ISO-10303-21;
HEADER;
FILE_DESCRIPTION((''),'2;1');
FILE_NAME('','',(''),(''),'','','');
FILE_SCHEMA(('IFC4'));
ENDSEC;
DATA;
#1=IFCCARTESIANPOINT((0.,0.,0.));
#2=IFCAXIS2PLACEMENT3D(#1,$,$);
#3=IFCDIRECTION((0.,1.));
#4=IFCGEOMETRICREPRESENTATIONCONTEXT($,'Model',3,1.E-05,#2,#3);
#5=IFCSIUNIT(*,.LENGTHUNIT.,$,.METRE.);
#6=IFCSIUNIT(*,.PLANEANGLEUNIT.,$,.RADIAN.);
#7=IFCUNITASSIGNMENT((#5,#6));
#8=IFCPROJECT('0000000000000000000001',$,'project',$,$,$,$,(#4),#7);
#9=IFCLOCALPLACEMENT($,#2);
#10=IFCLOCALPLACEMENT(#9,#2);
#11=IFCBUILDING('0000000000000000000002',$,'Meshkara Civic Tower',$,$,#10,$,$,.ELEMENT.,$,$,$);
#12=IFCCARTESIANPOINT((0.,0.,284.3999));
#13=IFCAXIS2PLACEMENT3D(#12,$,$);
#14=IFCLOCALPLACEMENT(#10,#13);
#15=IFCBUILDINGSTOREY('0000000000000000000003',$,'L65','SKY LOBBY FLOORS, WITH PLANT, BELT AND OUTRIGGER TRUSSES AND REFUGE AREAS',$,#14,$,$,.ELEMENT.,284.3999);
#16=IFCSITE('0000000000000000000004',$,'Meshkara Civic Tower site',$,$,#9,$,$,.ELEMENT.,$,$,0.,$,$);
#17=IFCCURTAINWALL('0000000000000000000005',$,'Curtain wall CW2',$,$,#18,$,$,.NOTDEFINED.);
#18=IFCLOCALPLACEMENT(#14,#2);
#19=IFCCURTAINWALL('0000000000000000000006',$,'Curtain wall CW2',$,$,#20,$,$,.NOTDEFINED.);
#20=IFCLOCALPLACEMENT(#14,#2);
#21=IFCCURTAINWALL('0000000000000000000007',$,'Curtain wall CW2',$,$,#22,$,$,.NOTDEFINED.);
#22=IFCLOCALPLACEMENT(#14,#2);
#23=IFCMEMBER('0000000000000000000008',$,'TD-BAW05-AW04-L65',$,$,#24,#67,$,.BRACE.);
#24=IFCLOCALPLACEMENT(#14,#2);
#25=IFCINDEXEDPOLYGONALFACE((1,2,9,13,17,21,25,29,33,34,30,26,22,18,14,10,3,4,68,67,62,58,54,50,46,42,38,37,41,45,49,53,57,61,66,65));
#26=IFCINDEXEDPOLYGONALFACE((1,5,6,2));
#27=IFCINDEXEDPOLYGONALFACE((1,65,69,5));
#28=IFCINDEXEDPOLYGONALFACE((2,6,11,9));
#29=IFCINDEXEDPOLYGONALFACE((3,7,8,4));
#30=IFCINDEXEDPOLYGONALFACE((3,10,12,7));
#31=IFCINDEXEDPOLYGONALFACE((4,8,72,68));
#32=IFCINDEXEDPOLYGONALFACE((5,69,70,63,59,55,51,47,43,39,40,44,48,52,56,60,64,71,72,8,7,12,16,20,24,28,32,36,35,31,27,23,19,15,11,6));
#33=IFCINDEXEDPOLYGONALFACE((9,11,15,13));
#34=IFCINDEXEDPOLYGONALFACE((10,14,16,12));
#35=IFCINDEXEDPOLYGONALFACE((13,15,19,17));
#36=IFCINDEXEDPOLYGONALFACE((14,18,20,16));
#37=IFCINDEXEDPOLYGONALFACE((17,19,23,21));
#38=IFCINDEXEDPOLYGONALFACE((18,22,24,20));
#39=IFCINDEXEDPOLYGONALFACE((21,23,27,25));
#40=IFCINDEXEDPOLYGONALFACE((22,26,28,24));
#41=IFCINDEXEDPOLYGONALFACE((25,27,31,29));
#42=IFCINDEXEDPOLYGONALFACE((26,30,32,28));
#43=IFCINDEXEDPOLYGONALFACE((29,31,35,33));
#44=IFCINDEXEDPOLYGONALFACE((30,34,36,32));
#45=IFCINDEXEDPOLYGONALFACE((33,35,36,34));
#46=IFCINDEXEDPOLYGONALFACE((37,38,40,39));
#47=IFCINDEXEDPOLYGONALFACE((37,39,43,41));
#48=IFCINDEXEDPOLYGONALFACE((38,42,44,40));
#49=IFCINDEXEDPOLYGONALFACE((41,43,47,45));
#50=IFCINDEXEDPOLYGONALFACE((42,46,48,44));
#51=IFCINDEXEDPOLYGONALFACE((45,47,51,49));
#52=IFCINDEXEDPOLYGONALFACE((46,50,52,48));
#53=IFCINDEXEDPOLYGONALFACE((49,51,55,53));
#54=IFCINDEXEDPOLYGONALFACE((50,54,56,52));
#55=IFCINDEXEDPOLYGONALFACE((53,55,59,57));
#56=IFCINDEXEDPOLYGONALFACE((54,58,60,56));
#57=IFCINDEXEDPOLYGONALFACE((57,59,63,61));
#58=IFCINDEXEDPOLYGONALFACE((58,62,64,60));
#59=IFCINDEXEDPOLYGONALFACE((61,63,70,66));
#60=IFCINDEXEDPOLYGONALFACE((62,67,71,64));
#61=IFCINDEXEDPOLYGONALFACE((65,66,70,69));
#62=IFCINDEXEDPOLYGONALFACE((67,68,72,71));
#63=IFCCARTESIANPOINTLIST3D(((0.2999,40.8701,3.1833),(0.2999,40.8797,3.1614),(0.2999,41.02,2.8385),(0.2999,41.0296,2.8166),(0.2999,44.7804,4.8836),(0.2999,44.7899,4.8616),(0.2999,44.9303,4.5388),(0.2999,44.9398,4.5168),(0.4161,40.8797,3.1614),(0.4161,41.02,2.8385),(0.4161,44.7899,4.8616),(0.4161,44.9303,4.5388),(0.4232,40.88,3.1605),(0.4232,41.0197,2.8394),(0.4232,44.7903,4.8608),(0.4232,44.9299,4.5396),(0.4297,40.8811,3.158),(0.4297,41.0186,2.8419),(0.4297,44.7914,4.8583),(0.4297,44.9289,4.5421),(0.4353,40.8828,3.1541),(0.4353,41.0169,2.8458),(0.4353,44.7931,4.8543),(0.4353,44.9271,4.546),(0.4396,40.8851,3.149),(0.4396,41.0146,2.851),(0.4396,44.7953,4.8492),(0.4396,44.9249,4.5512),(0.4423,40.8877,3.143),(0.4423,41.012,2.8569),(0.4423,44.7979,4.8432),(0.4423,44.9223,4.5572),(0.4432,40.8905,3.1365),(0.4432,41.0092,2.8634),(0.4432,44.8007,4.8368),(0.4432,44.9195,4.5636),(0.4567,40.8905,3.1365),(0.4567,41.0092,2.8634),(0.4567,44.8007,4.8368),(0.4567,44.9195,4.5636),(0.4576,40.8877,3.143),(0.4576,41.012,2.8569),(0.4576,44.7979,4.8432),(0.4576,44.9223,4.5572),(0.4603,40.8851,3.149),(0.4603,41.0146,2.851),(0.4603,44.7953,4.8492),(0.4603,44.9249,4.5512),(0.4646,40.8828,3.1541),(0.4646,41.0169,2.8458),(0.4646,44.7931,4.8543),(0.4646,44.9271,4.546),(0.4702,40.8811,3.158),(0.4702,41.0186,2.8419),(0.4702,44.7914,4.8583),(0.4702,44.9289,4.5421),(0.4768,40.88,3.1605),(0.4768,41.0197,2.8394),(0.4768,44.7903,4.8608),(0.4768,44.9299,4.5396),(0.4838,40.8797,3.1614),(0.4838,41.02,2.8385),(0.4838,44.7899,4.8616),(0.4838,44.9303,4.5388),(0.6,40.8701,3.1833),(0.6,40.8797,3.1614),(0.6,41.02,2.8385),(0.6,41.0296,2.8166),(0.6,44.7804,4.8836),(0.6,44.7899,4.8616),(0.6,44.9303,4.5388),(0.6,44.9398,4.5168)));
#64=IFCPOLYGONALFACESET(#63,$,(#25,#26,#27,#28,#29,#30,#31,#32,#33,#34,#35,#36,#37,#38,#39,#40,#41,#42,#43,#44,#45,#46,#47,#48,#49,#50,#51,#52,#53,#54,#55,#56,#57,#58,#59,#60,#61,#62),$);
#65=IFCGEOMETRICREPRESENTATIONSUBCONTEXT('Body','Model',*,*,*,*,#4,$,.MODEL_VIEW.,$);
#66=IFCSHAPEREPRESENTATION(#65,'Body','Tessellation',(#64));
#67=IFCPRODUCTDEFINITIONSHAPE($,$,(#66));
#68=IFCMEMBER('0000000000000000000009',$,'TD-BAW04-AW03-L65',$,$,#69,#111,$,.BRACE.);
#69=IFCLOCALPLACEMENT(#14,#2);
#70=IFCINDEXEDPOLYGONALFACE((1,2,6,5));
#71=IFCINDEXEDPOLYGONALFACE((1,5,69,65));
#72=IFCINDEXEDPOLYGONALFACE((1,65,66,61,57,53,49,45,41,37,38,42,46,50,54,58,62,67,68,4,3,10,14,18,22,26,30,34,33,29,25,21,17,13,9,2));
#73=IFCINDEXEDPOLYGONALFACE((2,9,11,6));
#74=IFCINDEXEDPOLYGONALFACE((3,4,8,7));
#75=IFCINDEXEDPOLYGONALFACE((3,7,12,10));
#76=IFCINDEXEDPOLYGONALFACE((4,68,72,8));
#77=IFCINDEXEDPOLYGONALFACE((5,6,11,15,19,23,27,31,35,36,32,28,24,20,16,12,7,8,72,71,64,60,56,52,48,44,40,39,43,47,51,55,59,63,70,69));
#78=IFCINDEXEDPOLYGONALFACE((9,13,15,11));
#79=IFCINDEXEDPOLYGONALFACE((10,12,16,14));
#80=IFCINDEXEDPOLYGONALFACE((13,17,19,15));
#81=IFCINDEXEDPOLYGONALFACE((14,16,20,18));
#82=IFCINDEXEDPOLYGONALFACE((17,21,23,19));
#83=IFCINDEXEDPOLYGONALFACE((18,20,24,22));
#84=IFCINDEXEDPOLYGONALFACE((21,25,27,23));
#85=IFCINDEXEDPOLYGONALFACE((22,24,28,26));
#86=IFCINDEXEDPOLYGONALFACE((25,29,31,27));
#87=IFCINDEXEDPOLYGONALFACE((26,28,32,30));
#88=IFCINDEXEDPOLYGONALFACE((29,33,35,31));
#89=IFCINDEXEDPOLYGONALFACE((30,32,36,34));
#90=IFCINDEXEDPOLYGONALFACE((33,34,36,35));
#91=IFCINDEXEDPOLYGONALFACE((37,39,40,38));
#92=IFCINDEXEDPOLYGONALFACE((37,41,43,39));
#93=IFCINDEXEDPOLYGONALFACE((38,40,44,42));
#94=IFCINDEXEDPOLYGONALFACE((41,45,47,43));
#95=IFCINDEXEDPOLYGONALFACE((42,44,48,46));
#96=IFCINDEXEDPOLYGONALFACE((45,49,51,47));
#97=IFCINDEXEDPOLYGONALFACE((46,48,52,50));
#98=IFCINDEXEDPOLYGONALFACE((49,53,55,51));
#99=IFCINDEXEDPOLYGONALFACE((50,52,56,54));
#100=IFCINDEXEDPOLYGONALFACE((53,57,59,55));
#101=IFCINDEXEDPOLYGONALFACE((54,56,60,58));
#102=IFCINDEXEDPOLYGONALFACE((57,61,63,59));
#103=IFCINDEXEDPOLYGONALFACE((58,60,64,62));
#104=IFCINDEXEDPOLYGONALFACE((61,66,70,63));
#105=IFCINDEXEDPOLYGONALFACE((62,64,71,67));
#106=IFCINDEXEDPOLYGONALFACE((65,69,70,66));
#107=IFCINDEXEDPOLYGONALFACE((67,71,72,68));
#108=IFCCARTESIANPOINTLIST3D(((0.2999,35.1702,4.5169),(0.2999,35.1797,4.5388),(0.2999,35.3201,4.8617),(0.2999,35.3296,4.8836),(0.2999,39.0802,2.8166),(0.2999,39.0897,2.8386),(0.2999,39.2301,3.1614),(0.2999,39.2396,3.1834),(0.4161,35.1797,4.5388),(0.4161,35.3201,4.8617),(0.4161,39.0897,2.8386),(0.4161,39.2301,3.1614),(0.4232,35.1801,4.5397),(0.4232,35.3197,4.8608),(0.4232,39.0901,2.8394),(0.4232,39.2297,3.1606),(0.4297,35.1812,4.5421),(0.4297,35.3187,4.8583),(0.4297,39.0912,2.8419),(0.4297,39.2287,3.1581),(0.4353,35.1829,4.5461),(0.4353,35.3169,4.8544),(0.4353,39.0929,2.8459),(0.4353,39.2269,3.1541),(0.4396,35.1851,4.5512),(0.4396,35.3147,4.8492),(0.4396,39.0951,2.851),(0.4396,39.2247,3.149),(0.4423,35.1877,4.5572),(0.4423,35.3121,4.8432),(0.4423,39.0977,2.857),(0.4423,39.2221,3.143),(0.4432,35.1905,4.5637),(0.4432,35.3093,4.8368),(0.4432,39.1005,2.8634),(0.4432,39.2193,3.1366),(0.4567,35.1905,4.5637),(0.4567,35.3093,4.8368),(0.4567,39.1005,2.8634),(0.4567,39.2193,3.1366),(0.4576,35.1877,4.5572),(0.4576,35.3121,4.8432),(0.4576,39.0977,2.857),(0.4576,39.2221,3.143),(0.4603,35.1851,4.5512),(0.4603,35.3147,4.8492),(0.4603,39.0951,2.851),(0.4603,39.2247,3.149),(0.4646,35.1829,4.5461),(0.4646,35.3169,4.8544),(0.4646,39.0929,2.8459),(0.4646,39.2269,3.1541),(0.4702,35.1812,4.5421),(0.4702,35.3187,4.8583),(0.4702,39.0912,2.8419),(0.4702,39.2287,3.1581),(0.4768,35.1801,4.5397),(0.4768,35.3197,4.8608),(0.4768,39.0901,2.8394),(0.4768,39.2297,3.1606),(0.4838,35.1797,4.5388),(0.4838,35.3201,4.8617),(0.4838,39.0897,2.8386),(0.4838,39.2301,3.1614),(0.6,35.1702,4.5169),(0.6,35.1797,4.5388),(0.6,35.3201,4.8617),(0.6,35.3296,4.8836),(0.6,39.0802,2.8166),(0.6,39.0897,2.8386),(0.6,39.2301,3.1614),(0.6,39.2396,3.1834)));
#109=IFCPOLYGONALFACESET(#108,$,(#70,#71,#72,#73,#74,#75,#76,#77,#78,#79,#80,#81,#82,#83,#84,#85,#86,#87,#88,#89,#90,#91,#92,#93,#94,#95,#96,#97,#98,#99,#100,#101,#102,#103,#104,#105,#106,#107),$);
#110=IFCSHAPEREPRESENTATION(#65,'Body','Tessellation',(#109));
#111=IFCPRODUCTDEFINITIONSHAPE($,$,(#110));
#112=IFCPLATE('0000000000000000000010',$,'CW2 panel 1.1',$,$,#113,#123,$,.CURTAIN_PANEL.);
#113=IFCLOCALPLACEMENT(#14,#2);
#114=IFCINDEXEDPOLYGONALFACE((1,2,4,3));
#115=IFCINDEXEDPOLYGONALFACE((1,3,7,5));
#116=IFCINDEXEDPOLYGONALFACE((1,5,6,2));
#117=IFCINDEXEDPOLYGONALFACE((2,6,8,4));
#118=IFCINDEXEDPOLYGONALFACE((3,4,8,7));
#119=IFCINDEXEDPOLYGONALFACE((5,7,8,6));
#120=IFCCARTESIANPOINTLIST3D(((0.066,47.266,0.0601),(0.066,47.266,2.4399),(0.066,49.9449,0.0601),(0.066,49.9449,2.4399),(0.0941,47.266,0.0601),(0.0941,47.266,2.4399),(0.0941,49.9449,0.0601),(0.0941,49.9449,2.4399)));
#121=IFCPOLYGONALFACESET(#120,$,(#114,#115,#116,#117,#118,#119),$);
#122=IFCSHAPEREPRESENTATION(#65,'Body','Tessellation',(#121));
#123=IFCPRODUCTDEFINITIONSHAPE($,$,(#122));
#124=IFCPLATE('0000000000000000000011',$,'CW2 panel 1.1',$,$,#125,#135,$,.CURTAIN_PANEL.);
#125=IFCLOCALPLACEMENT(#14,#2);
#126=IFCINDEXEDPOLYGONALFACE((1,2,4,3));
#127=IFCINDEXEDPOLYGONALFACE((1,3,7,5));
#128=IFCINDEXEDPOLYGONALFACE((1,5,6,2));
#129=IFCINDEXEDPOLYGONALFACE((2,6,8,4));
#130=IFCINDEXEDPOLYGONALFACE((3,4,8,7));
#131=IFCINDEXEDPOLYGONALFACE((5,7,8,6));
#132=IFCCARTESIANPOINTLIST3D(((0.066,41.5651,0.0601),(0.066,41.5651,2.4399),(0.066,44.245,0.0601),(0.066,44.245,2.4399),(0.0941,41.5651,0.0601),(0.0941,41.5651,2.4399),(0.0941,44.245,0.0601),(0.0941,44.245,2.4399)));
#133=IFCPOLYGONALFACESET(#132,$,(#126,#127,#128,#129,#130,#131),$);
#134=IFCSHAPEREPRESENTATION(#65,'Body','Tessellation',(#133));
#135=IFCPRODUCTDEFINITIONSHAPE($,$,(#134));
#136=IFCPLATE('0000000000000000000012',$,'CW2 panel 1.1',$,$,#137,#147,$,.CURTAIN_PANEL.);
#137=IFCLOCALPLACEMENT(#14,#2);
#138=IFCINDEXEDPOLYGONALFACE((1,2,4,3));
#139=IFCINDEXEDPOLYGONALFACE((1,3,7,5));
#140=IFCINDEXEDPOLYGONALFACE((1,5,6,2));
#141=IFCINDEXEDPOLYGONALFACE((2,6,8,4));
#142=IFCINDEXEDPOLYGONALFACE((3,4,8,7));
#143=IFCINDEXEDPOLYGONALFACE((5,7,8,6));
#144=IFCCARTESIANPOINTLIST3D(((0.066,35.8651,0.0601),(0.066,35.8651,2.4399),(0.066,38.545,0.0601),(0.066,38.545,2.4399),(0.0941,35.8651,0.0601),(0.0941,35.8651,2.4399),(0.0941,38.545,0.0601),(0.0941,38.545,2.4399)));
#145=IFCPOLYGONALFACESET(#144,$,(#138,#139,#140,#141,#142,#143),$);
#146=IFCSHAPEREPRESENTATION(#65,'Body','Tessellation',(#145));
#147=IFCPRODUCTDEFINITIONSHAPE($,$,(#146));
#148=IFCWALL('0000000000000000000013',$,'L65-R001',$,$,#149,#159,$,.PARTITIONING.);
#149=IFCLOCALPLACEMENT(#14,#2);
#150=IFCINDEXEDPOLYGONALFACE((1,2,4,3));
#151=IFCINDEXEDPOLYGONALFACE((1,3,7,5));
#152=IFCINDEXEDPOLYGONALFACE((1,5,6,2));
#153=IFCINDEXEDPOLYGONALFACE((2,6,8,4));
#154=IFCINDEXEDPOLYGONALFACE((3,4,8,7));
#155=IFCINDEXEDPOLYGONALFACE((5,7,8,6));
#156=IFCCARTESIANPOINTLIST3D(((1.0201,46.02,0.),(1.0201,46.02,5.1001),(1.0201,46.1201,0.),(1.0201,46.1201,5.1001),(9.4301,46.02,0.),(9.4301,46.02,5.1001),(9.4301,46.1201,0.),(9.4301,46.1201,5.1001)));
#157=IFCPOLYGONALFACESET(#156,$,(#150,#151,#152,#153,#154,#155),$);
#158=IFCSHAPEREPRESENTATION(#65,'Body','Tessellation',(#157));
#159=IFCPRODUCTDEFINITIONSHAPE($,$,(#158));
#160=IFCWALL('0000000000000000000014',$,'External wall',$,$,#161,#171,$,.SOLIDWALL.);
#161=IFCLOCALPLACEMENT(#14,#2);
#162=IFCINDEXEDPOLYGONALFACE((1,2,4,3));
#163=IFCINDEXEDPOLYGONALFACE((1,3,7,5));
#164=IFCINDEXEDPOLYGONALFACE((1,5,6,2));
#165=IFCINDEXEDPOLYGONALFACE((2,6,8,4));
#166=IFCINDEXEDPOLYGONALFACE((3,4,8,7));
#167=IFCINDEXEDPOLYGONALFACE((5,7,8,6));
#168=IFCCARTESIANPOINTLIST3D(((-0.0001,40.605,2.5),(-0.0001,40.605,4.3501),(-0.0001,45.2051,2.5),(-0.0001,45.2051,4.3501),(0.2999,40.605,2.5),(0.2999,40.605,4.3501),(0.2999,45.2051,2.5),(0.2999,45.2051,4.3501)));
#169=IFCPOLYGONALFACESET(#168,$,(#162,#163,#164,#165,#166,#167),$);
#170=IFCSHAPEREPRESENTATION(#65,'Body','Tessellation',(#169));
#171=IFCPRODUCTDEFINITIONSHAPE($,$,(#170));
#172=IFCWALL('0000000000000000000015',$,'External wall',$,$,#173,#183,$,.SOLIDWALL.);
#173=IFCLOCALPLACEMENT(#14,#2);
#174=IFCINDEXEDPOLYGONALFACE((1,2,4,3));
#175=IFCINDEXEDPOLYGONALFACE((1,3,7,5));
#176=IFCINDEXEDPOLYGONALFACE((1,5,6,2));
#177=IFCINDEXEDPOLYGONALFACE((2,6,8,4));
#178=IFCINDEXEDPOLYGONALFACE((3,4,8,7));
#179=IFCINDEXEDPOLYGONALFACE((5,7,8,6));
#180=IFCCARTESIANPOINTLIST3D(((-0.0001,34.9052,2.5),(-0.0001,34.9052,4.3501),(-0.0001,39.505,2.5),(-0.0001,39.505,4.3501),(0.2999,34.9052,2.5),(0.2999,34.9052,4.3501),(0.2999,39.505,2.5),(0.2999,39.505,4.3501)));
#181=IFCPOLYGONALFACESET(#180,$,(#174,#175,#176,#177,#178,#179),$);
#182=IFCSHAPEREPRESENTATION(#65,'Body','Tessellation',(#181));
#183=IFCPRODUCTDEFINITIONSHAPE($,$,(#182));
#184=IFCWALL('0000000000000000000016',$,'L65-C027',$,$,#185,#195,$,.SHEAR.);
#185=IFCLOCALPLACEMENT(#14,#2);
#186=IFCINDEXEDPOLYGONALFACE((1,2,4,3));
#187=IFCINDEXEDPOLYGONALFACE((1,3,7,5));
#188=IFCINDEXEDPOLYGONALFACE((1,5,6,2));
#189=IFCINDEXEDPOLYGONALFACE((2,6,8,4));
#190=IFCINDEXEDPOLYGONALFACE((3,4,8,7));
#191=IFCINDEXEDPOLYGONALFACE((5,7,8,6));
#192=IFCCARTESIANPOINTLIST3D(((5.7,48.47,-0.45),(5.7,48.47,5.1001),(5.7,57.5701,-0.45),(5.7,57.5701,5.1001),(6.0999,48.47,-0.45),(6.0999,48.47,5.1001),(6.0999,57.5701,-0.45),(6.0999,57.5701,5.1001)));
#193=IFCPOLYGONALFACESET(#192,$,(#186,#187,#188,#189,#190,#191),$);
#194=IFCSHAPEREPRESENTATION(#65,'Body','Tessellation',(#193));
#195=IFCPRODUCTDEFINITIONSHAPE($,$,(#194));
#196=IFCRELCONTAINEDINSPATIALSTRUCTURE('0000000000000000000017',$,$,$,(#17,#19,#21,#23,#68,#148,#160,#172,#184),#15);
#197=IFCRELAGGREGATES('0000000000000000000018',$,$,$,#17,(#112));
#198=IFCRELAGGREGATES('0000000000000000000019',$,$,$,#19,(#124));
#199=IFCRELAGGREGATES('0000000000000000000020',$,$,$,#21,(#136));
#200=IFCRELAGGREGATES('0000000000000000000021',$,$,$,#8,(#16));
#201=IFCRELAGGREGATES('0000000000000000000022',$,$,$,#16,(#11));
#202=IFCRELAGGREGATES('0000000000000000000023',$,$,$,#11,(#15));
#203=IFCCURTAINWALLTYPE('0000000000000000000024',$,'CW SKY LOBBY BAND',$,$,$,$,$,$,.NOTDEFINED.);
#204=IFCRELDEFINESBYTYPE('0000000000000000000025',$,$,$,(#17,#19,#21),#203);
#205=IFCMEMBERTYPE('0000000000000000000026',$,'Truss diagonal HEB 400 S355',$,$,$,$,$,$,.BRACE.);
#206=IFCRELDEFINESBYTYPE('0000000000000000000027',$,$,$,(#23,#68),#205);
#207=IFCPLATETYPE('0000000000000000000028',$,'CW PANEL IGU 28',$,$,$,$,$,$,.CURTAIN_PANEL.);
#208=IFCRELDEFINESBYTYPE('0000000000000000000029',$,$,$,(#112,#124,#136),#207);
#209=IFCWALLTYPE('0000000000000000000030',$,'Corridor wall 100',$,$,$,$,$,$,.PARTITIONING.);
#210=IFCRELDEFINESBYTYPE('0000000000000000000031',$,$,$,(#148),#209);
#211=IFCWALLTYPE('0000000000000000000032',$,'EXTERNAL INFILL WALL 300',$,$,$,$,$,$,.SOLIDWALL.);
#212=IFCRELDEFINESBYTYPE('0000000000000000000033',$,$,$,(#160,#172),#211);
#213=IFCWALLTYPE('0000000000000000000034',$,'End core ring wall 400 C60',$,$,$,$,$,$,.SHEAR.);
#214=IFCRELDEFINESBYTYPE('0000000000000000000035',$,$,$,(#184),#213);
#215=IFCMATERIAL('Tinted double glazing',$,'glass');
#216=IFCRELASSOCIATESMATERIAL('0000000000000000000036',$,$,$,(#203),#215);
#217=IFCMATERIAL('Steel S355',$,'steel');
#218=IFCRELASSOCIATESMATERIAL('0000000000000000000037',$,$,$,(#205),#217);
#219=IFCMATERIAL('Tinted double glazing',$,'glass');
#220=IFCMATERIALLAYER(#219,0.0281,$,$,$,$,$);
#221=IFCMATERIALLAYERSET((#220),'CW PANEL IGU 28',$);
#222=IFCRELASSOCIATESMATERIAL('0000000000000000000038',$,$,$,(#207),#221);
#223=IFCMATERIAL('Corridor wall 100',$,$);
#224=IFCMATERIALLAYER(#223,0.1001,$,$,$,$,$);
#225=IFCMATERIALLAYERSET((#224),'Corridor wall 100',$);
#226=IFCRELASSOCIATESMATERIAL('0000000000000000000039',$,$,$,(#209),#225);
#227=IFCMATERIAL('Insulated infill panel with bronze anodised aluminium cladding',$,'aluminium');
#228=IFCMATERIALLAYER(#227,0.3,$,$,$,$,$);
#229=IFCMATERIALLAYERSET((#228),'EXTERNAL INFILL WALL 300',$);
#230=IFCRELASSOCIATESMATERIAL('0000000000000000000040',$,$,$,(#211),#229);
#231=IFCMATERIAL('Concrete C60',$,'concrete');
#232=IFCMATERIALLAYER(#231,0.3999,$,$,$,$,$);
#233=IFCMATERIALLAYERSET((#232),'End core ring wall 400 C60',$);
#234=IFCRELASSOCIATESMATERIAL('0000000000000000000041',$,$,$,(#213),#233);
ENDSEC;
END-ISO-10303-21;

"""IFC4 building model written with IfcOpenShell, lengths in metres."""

from ifc_helpers import new_model, si_unit, direction, frame, frame_2d, origin, origin_2d, place, context, subcontext, project, spatial, rectangle, i_section, extrude, material, layer, layer_set, material_profile, profile_set, type_object, element, aggregate, save


model = new_model("IFC4")

# Units and contexts
model_context = context("Model", 3, precision=1e-05, world=origin(), true_north=direction((0.0, 1.0)))
body_context = subcontext(model_context, "Body", "Model", "MODEL_VIEW")
ifc_project = project(units=[si_unit("LENGTHUNIT", "METRE"), si_unit("PLANEANGLEUNIT", "RADIAN")], contexts=[model_context])

# Site, building, storey
site_placement = place(None, origin())
site = spatial("IfcSite", under=ifc_project, at=site_placement, Name="Meshkara Civic Tower site", CompositionType="ELEMENT", RefElevation=0.0)
building_placement = place(site_placement, origin())
building = spatial("IfcBuilding", under=site, at=building_placement, Name="Meshkara Civic Tower", CompositionType="ELEMENT")
storey_placement = place(building_placement, frame((0.0, 0.0, 284.3999)))
storey = spatial("IfcBuildingStorey", under=building, at=storey_placement, Name="L65", Description="SKY LOBBY FLOORS, WITH PLANT, BELT AND OUTRIGGER TRUSSES AND REFUGE AREAS", CompositionType="ELEMENT", Elevation=284.3999)

# Curtain walls
ifc_material_1 = material(Name="Tinted double glazing", Category="glass")
curtain_wall_type = type_object("IfcCurtainWallType", Name="CW SKY LOBBY BAND", PredefinedType="NOTDEFINED", material=ifc_material_1)
curtain_wall_1_placement = place(storey_placement, origin())
curtain_wall_1 = element("IfcCurtainWall", 1, at=curtain_wall_1_placement, inside=storey, type_object=curtain_wall_type, Name="Curtain wall CW2", PredefinedType="NOTDEFINED")
curtain_wall_2_placement = place(storey_placement, origin())
curtain_wall_2 = element("IfcCurtainWall", 2, at=curtain_wall_2_placement, inside=storey, type_object=curtain_wall_type, Name="Curtain wall CW2", PredefinedType="NOTDEFINED")

# Curtain wall
curtain_wall_3_placement = place(storey_placement, origin())
curtain_wall_3 = element("IfcCurtainWall", 3, at=curtain_wall_3_placement, inside=storey, type_object=curtain_wall_type, Name="Curtain wall CW2", PredefinedType="NOTDEFINED")

# Members
ifc_material_2 = material(Name="Steel S355", Category="steel")
ifc_material_profile_1 = material_profile(ifc_material_2, i_section(OverallWidth=0.3, OverallDepth=0.3999, WebThickness=0.0134, FlangeThickness=0.0239, FilletRadius=0.0271, at=origin_2d()))
ifc_profile_set_1 = profile_set([ifc_material_profile_1], Name="Steel S355")
member_type_1 = type_object("IfcMemberType", Name="Truss diagonal HEB 400 S355", PredefinedType="BRACE", material=ifc_profile_set_1)
member_1_placement = place(storey_placement, frame((0.45, 44.8601, 4.7002), z_axis=(0.0, -0.917059, -0.398751), x_axis=(1.0, 0.0, 0.0)))
element("IfcMember", 4, at=member_1_placement, inside=storey, type_object=member_type_1, Name="TD-BAW05-AW04-L65", PredefinedType="BRACE", context=body_context, shape_type="SweptSolid", body=[
    extrude(i_section(OverallWidth=0.3, OverallDepth=0.3999, WebThickness=0.0134, FlangeThickness=0.0239, FilletRadius=0.0271, at=origin_2d()), origin(), (0.0, 0.0, 1.0), 4.2639),
])
member_2_placement = place(storey_placement, frame((0.45, 39.1599, 3.0), z_axis=(0.0, -0.91705, 0.398772), x_axis=(1.0, 0.0, 0.0)))
element("IfcMember", 5, at=member_2_placement, inside=storey, type_object=member_type_1, Name="TD-BAW04-AW03-L65", PredefinedType="BRACE", context=body_context, shape_type="SweptSolid", body=[
    extrude(i_section(OverallWidth=0.3, OverallDepth=0.3999, WebThickness=0.0134, FlangeThickness=0.0239, FilletRadius=0.0271, at=origin_2d()), origin(), (0.0, 0.0, 1.0), 4.2637),
])

# Plates
ifc_material_3 = material(Name="Tinted double glazing", Category="glass")
ifc_layer_1 = layer(ifc_material_3, 0.0281)
ifc_layer_set_1 = layer_set([ifc_layer_1], Name="CW PANEL IGU 28")
plate_type = type_object("IfcPlateType", Name="CW PANEL IGU 28", PredefinedType="CURTAIN_PANEL", material=ifc_layer_set_1)
plate_1_placement = place(storey_placement, frame((0.0801, 48.6055, 0.0601), z_axis=(0.0, 0.0, 1.0), x_axis=(0.0, -1.0, 0.0)))
plate_1 = element("IfcPlate", 6, at=plate_1_placement, type_object=plate_type, Name="CW2 panel 1.1", PredefinedType="CURTAIN_PANEL", context=body_context, shape_type="SweptSolid", body=[
    extrude(rectangle(XDim=2.679, YDim=0.0281, at=origin_2d()), origin(), (0.0, 0.0, 1.0), 2.3799),
])
aggregate(curtain_wall_1, [plate_1])
plate_2_placement = place(storey_placement, frame((0.0801, 42.905, 0.0601), z_axis=(0.0, 0.0, 1.0), x_axis=(0.0, -1.0, 0.0)))
plate_2 = element("IfcPlate", 7, at=plate_2_placement, type_object=plate_type, Name="CW2 panel 1.1", PredefinedType="CURTAIN_PANEL", context=body_context, shape_type="SweptSolid", body=[
    extrude(rectangle(XDim=2.6799, YDim=0.0281, at=origin_2d()), origin(), (0.0, 0.0, 1.0), 2.3799),
])
aggregate(curtain_wall_2, [plate_2])
plate_3_placement = place(storey_placement, frame((0.0801, 37.2051, 0.0601), z_axis=(0.0, 0.0, 1.0), x_axis=(0.0, -1.0, 0.0)))
plate_3 = element("IfcPlate", 8, at=plate_3_placement, type_object=plate_type, Name="CW2 panel 1.1", PredefinedType="CURTAIN_PANEL", context=body_context, shape_type="SweptSolid", body=[
    extrude(rectangle(XDim=2.6799, YDim=0.0281, at=origin_2d()), origin(), (0.0, 0.0, 1.0), 2.3799),
])
aggregate(curtain_wall_3, [plate_3])

# Walls
ifc_material_4 = material(Name="Corridor wall 100")
ifc_layer_2 = layer(ifc_material_4, 0.1001)
ifc_layer_set_2 = layer_set([ifc_layer_2], Name="Corridor wall 100")
wall_type_1 = type_object("IfcWallType", Name="Corridor wall 100", PredefinedType="PARTITIONING", material=ifc_layer_set_2)
wall_1_placement = place(storey_placement, frame((1.02, 46.0701, 0.0), z_axis=(0.0, 0.0, 1.0), x_axis=(1.0, 0.0, 0.0)))
element("IfcWall", 9, at=wall_1_placement, inside=storey, type_object=wall_type_1, Name="L65-R001", PredefinedType="PARTITIONING", context=body_context, shape_type="SweptSolid", body=[
    extrude(rectangle(XDim=8.4099, YDim=0.1001, at=frame_2d((4.2051, 0.0))), origin(), (0.0, 0.0, 1.0), 5.1001),
])
ifc_material_5 = material(Name="Insulated infill panel with bronze anodised aluminium cladding", Category="aluminium")
ifc_layer_3 = layer(ifc_material_5, 0.3)
ifc_layer_set_3 = layer_set([ifc_layer_3], Name="EXTERNAL INFILL WALL 300")
wall_type_2 = type_object("IfcWallType", Name="EXTERNAL INFILL WALL 300", PredefinedType="SOLIDWALL", material=ifc_layer_set_3)
wall_2_placement = place(storey_placement, frame((0.1499, 45.2051, 2.5), z_axis=(0.0, 0.0, 1.0), x_axis=(0.0, -1.0, 0.0)))
element("IfcWall", 10, at=wall_2_placement, inside=storey, type_object=wall_type_2, Name="External wall", PredefinedType="SOLIDWALL", context=body_context, shape_type="SweptSolid", body=[
    extrude(rectangle(XDim=4.6001, YDim=0.3, at=frame_2d((2.3, 0.0))), origin(), (0.0, 0.0, 1.0), 1.8501),
])
wall_3_placement = place(storey_placement, frame((0.1499, 39.5049, 2.5), z_axis=(0.0, 0.0, 1.0), x_axis=(0.0, -1.0, 0.0)))
element("IfcWall", 11, at=wall_3_placement, inside=storey, type_object=wall_type_2, Name="External wall", PredefinedType="SOLIDWALL", context=body_context, shape_type="SweptSolid", body=[
    extrude(rectangle(XDim=4.5999, YDim=0.3, at=frame_2d((2.2998, 0.0))), origin(), (0.0, 0.0, 1.0), 1.8501),
])
ifc_material_6 = material(Name="Concrete C60", Category="concrete")
ifc_layer_4 = layer(ifc_material_6, 0.3999)
ifc_layer_set_4 = layer_set([ifc_layer_4], Name="End core ring wall 400 C60")
wall_type_3 = type_object("IfcWallType", Name="End core ring wall 400 C60", PredefinedType="SHEAR", material=ifc_layer_set_4)
wall_4_placement = place(storey_placement, frame((5.8999, 48.47, -0.45), z_axis=(0.0, 0.0, 1.0), x_axis=(0.0, 1.0, 0.0)))
element("IfcWall", 12, at=wall_4_placement, inside=storey, type_object=wall_type_3, Name="L65-C027", PredefinedType="SHEAR", context=body_context, shape_type="SweptSolid", body=[
    extrude(rectangle(XDim=9.1001, YDim=0.3999, at=frame_2d((4.55, 0.0))), origin(), (0.0, 0.0, 1.0), 5.55),
])

save(model, "model.ifc")
